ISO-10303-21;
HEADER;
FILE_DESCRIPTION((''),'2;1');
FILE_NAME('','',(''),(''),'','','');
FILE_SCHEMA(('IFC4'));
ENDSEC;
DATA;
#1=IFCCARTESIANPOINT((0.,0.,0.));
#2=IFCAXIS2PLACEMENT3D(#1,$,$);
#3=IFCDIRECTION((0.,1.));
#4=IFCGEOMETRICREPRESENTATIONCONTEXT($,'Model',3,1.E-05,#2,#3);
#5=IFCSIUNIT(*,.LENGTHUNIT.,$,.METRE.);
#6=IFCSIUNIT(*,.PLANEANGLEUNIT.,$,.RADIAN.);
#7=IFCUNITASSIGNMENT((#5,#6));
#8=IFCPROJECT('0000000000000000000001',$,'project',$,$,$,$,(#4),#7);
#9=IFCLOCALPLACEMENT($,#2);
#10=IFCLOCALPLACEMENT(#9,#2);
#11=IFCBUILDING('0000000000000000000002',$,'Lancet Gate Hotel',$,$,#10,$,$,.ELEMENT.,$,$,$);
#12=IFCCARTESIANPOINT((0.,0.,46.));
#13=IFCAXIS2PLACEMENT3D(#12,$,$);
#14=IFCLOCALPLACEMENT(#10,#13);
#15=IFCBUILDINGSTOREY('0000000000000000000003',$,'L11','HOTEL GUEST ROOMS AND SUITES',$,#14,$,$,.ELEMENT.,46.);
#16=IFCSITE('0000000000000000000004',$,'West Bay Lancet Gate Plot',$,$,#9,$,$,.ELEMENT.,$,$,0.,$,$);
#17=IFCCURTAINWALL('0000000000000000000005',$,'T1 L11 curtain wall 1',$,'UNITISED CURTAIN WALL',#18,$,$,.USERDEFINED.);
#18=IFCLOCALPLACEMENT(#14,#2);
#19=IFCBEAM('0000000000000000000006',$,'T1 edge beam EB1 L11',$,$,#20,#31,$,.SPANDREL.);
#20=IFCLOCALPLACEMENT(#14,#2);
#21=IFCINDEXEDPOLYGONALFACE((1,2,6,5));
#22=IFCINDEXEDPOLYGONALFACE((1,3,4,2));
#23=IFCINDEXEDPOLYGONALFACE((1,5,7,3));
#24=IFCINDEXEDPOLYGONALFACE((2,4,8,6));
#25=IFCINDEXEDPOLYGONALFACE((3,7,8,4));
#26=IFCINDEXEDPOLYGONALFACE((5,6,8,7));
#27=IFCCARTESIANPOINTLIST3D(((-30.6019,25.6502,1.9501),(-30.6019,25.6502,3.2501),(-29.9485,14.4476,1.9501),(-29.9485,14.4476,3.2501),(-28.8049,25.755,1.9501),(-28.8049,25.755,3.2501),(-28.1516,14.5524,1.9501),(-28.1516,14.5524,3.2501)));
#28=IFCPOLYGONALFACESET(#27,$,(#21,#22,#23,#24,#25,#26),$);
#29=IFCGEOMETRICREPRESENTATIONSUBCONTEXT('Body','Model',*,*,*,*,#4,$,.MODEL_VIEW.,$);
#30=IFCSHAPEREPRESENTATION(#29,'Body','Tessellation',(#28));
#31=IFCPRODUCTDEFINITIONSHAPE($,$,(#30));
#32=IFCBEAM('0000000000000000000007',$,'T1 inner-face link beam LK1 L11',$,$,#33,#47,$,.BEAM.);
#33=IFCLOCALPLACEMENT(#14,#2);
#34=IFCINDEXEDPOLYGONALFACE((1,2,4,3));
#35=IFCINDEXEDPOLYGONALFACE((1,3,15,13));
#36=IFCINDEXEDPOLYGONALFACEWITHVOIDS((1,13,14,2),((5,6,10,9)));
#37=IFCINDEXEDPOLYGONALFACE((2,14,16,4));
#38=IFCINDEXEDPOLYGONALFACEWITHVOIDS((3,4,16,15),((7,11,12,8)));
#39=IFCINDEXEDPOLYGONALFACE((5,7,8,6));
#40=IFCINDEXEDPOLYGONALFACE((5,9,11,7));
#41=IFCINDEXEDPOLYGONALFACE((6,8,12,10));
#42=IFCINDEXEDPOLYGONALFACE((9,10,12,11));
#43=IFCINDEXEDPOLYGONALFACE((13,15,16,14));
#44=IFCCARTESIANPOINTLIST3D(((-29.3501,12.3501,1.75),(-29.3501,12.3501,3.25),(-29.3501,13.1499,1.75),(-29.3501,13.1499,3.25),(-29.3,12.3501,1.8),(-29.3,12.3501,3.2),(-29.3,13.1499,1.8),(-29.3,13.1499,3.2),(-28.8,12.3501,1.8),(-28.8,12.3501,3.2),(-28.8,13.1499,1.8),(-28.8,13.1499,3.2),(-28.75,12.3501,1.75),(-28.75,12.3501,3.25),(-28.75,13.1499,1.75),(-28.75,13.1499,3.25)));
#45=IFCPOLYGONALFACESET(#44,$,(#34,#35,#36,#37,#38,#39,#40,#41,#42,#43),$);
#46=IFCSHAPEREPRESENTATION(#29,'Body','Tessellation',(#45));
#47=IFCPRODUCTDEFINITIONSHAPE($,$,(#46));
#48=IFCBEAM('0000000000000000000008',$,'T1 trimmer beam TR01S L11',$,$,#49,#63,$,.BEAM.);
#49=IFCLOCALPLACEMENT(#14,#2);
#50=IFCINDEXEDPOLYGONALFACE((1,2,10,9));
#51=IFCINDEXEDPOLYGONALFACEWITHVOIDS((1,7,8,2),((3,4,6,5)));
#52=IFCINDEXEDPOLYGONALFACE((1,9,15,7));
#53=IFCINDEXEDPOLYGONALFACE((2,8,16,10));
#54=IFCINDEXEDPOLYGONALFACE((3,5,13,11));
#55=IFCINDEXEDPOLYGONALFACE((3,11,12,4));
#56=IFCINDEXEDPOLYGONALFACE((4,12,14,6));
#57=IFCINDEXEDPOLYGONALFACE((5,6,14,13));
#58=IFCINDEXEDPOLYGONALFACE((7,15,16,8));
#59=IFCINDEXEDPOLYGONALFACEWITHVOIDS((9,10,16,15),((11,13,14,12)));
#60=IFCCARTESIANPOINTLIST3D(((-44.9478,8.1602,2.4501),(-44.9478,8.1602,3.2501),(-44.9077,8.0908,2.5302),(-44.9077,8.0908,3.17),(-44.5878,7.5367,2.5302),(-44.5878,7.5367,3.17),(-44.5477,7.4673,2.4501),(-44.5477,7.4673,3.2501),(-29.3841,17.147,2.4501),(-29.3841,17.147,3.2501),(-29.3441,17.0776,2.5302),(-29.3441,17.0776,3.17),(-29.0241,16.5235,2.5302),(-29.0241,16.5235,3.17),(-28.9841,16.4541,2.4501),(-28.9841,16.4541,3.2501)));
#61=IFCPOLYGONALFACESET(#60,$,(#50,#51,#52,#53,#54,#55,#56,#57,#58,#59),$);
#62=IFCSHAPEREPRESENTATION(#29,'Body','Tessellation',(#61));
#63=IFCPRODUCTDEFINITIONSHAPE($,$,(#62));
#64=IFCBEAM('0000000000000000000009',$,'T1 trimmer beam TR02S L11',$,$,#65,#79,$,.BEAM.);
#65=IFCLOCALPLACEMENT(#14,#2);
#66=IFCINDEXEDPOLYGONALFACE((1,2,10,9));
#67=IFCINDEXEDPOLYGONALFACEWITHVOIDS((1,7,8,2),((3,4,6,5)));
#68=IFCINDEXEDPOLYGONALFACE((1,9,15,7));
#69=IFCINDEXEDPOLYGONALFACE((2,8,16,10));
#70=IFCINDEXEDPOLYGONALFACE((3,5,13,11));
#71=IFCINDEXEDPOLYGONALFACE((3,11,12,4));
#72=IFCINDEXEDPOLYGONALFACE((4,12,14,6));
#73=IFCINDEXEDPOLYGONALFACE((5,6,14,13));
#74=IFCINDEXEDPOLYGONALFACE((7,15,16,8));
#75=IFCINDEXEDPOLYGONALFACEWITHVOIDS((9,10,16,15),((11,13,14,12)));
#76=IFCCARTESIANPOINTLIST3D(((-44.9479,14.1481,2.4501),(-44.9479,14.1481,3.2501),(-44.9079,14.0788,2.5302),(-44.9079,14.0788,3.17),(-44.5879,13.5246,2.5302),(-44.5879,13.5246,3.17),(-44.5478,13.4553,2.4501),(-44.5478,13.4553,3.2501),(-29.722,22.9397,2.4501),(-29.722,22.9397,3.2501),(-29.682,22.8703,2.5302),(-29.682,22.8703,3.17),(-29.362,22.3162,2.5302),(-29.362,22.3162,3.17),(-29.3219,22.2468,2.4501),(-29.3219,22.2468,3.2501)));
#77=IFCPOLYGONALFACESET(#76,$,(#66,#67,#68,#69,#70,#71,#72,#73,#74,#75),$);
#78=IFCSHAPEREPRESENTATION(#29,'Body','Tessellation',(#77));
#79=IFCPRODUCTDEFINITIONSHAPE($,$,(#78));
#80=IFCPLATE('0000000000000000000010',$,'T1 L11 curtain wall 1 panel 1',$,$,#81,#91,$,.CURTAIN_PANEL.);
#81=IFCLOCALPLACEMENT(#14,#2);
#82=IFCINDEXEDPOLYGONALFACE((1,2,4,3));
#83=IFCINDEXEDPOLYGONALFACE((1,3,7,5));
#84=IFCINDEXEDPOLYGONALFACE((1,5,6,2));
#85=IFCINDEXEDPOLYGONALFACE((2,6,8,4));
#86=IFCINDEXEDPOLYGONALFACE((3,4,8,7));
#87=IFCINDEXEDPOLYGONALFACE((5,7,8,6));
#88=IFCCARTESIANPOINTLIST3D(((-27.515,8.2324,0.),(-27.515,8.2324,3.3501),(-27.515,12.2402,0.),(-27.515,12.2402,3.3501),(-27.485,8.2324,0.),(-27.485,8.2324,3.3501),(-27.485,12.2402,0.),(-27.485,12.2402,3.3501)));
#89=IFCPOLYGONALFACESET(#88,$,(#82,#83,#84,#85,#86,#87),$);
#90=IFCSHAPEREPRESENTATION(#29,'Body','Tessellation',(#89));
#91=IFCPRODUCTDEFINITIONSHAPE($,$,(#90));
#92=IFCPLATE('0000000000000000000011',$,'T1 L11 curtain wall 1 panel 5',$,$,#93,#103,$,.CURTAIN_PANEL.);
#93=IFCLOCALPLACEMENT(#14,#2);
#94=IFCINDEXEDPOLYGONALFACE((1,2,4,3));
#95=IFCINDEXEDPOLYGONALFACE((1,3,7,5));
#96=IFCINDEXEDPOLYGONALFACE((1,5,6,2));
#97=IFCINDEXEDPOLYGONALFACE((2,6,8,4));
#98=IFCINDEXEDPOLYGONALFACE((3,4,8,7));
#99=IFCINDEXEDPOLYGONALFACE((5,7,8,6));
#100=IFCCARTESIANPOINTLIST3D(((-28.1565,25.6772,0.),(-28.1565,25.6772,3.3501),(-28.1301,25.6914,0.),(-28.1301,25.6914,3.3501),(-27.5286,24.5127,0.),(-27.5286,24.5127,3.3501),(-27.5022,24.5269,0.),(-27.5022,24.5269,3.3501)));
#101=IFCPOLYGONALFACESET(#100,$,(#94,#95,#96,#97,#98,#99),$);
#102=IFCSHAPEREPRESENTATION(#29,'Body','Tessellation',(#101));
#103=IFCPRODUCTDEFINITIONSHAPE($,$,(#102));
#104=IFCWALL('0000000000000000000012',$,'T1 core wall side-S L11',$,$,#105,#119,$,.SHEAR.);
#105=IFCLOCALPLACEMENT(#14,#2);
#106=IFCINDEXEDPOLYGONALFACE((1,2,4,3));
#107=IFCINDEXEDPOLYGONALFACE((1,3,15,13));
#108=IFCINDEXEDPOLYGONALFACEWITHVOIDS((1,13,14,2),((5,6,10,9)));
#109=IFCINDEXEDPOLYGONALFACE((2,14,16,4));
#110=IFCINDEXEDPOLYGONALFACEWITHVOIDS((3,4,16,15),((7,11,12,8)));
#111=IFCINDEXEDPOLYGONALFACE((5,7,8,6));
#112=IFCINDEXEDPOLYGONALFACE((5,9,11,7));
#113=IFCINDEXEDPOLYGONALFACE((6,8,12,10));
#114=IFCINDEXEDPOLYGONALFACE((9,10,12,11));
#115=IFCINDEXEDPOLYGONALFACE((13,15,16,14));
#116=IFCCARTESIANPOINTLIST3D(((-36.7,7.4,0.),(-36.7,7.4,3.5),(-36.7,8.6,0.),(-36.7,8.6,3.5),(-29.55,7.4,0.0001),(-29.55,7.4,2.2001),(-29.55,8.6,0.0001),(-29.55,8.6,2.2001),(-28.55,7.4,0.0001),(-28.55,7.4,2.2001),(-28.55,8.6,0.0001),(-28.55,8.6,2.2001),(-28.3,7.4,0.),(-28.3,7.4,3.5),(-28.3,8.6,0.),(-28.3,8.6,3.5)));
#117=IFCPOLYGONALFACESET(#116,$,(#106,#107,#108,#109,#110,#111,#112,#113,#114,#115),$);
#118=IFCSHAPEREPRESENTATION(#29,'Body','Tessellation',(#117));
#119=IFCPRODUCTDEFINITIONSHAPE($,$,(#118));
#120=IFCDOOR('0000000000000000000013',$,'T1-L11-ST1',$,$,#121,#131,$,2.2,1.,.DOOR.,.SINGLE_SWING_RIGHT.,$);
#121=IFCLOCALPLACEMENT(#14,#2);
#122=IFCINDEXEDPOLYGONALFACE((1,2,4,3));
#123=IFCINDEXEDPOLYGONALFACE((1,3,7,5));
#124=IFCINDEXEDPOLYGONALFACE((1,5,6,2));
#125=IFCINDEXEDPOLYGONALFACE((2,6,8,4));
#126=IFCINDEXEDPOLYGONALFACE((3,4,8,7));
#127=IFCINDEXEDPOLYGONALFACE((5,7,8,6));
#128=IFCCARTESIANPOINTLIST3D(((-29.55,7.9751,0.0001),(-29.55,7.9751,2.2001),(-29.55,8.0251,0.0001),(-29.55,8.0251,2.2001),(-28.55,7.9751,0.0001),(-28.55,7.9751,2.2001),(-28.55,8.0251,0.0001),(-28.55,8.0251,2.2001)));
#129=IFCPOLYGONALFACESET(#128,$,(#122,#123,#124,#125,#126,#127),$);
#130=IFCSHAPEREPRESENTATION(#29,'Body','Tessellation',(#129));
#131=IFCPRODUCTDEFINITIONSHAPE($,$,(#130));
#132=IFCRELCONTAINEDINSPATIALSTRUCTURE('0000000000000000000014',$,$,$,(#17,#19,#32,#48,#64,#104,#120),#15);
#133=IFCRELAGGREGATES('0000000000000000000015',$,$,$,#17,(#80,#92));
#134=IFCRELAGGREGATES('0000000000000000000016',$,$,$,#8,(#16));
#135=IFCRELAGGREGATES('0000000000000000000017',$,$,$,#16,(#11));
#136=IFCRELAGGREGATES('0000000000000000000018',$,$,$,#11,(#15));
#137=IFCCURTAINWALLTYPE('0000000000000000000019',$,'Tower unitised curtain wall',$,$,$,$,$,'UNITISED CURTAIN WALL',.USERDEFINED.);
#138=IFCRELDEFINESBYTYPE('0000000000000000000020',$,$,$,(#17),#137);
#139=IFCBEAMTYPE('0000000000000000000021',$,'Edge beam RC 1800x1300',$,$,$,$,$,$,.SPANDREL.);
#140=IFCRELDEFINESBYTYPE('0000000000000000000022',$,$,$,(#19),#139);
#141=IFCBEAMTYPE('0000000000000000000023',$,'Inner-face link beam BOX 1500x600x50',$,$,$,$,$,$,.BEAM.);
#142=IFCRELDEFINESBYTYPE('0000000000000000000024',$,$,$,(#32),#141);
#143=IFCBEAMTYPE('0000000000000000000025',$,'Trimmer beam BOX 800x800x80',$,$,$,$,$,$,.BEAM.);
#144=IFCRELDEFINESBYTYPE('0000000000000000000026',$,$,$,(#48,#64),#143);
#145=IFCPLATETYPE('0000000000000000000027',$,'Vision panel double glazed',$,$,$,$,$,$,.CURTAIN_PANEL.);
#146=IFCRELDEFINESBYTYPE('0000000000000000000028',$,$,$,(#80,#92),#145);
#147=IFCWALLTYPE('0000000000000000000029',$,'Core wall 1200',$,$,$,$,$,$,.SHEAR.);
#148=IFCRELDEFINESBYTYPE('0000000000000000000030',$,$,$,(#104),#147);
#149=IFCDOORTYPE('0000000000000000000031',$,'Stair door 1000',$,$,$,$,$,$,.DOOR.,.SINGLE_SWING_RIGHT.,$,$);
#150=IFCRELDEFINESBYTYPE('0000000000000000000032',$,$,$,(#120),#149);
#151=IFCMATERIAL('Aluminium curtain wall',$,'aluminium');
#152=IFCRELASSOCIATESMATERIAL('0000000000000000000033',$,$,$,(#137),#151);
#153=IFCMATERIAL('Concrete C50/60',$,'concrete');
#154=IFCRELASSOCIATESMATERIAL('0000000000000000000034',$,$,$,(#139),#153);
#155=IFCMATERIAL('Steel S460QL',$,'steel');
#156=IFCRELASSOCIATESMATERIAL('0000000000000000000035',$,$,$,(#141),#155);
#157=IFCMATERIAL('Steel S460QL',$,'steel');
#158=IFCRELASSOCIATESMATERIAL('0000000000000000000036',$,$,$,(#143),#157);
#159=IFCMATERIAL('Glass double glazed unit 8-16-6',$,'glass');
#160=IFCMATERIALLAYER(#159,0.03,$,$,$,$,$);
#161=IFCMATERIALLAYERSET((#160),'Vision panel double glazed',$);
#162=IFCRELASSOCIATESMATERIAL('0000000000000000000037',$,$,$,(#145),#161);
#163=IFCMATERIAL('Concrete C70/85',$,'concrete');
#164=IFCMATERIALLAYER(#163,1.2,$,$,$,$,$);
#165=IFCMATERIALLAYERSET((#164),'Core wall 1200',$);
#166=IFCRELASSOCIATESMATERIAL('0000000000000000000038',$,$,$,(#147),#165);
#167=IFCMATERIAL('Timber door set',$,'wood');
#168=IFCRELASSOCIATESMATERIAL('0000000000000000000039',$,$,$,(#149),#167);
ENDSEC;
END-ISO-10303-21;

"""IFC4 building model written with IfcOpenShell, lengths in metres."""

from ifc_helpers import new_model, si_unit, direction, frame, frame_2d, origin, origin_2d, place, context, subcontext, project, spatial, rectangle, hollow_rectangle, extrude, material, layer, layer_set, material_profile, profile_set, type_object, element, fill, aggregate, save


model = new_model("IFC4")

# Units and contexts
model_context = context("Model", 3, precision=1e-05, world=origin(), true_north=direction((0.0, 1.0)))
body_context = subcontext(model_context, "Body", "Model", "MODEL_VIEW")
ifc_project = project(units=[si_unit("LENGTHUNIT", "METRE"), si_unit("PLANEANGLEUNIT", "RADIAN")], contexts=[model_context])

# Site, building, storey
site_placement = place(None, origin())
site = spatial("IfcSite", under=ifc_project, at=site_placement, Name="West Bay Lancet Gate Plot", CompositionType="ELEMENT", RefElevation=0.0)
building_placement = place(site_placement, origin())
building = spatial("IfcBuilding", under=site, at=building_placement, Name="Lancet Gate Hotel", CompositionType="ELEMENT")
storey_placement = place(building_placement, frame((0.0, 0.0, 46.0)))
storey = spatial("IfcBuildingStorey", under=building, at=storey_placement, Name="L11", Description="HOTEL GUEST ROOMS AND SUITES", CompositionType="ELEMENT", Elevation=46.0)

# Curtain wall
ifc_material_1 = material(Name="Aluminium curtain wall", Category="aluminium")
curtain_wall_type = type_object("IfcCurtainWallType", Name="Tower unitised curtain wall", ElementType="UNITISED CURTAIN WALL", PredefinedType="USERDEFINED", material=ifc_material_1)
curtain_wall_placement = place(storey_placement, origin())
curtain_wall = element("IfcCurtainWall", 1, at=curtain_wall_placement, inside=storey, type_object=curtain_wall_type, Name="T1 L11 curtain wall 1", ObjectType="UNITISED CURTAIN WALL", PredefinedType="USERDEFINED")

# Beams
ifc_material_2 = material(Name="Concrete C50/60", Category="concrete")
ifc_material_profile_1 = material_profile(ifc_material_2, rectangle(XDim=1.8, YDim=1.3, at=origin_2d()), Name="RC 1800x1300")
ifc_profile_set_1 = profile_set([ifc_material_profile_1], Name="Concrete C50/60")
beam_type_1 = type_object("IfcBeamType", Name="Edge beam RC 1800x1300", PredefinedType="SPANDREL", material=ifc_profile_set_1)
beam_1_placement = place(storey_placement, frame((-29.7034, 25.7026, 2.6001), z_axis=(0.05822, -0.998304, 0.0), x_axis=(0.998304, 0.05822, 0.0)))
element("IfcBeam", 2, at=beam_1_placement, inside=storey, type_object=beam_type_1, Name="T1 edge beam EB1 L11", PredefinedType="SPANDREL", context=body_context, shape_type="SweptSolid", body=[
    extrude(rectangle(XDim=1.8, YDim=1.3, at=origin_2d()), origin(), (0.0, 0.0, 1.0), 11.2217),
])
ifc_material_3 = material(Name="Steel S460QL", Category="steel")
ifc_material_profile_2 = material_profile(ifc_material_3, hollow_rectangle(XDim=0.6001, YDim=1.5, WallThickness=0.05, at=origin_2d()), Name="BOX 1500x600x50")
ifc_profile_set_2 = profile_set([ifc_material_profile_2], Name="Steel S460QL")
beam_type_2 = type_object("IfcBeamType", Name="Inner-face link beam BOX 1500x600x50", PredefinedType="BEAM", material=ifc_profile_set_2)
beam_2_placement = place(storey_placement, frame((-29.05, 13.1499, 2.5), z_axis=(0.0, -1.0, 0.0), x_axis=(1.0, 0.0, 0.0)))
element("IfcBeam", 3, at=beam_2_placement, inside=storey, type_object=beam_type_2, Name="T1 inner-face link beam LK1 L11", PredefinedType="BEAM", context=body_context, shape_type="SweptSolid", body=[
    extrude(hollow_rectangle(XDim=0.6001, YDim=1.5, WallThickness=0.05, at=origin_2d()), origin(), (0.0, 0.0, 1.0), 0.7998),
])
ifc_material_4 = material(Name="Steel S460QL", Category="steel")
ifc_material_profile_3 = material_profile(ifc_material_4, hollow_rectangle(XDim=0.8, YDim=0.8, WallThickness=0.0801, at=origin_2d()), Name="BOX 800x800x80")
ifc_profile_set_3 = profile_set([ifc_material_profile_3], Name="Steel S460QL")
beam_type_3 = type_object("IfcBeamType", Name="Trimmer beam BOX 800x800x80", PredefinedType="BEAM", material=ifc_profile_set_3)
beam_3_placement = place(storey_placement, frame((-29.1841, 16.8005, 2.8501), z_axis=(-0.865999, -0.500046, 0.0), x_axis=(0.500046, -0.865999, 0.0)))
element("IfcBeam", 4, at=beam_3_placement, inside=storey, type_object=beam_type_3, Name="T1 trimmer beam TR01S L11", PredefinedType="BEAM", context=body_context, shape_type="SweptSolid", body=[
    extrude(hollow_rectangle(XDim=0.8, YDim=0.8, WallThickness=0.0801, at=origin_2d()), origin(), (0.0, 0.0, 1.0), 17.9719),
])
beam_4_placement = place(storey_placement, frame((-29.522, 22.5933, 2.8501), z_axis=(-0.866004, -0.500037, 0.0), x_axis=(0.500037, -0.866004, 0.0)))
element("IfcBeam", 5, at=beam_4_placement, inside=storey, type_object=beam_type_3, Name="T1 trimmer beam TR02S L11", PredefinedType="BEAM", context=body_context, shape_type="SweptSolid", body=[
    extrude(hollow_rectangle(XDim=0.8, YDim=0.8, WallThickness=0.0801, at=origin_2d()), origin(), (0.0, 0.0, 1.0), 17.5818),
])

# Plates
ifc_material_5 = material(Name="Glass double glazed unit 8-16-6", Category="glass")
ifc_layer_1 = layer(ifc_material_5, 0.03)
ifc_layer_set_1 = layer_set([ifc_layer_1], Name="Vision panel double glazed")
plate_type = type_object("IfcPlateType", Name="Vision panel double glazed", PredefinedType="CURTAIN_PANEL", material=ifc_layer_set_1)
plate_1_placement = place(storey_placement, frame((-27.5, 10.2363, 0.0), z_axis=(0.0, 0.0, 1.0), x_axis=(0.0, 1.0, 0.0)))
plate_1 = element("IfcPlate", 6, at=plate_1_placement, type_object=plate_type, Name="T1 L11 curtain wall 1 panel 1", PredefinedType="CURTAIN_PANEL", context=body_context, shape_type="SweptSolid", body=[
    extrude(rectangle(XDim=4.0078, YDim=0.03, at=origin_2d()), origin(), (0.0, 0.0, 1.0), 3.3501),
])
plate_2_placement = place(storey_placement, frame((-27.8293, 25.1021, 0.0), z_axis=(0.0, 0.0, 1.0), x_axis=(-0.474631, 0.880185, 0.0)))
plate_2 = element("IfcPlate", 7, at=plate_2_placement, type_object=plate_type, Name="T1 L11 curtain wall 1 panel 5", PredefinedType="CURTAIN_PANEL", context=body_context, shape_type="SweptSolid", body=[
    extrude(rectangle(XDim=1.323, YDim=0.03, at=origin_2d()), origin(), (0.0, 0.0, 1.0), 3.3501),
])
aggregate(curtain_wall, [plate_1, plate_2])

# Wall, opening, door
ifc_material_6 = material(Name="Concrete C70/85", Category="concrete")
ifc_layer_2 = layer(ifc_material_6, 1.2)
ifc_layer_set_2 = layer_set([ifc_layer_2], Name="Core wall 1200")
wall_type_1 = type_object("IfcWallType", Name="Core wall 1200", PredefinedType="SHEAR", material=ifc_layer_set_2)
wall_1_placement = place(storey_placement, frame((-28.3, 8.0, 0.0), z_axis=(0.0, 0.0, 1.0), x_axis=(-1.0, 0.0, 0.0)))
wall_1 = element("IfcWall", 8, at=wall_1_placement, inside=storey, type_object=wall_type_1, Name="T1 core wall side-S L11", PredefinedType="SHEAR", context=body_context, shape_type="SweptSolid", body=[
    extrude(rectangle(XDim=8.3999, YDim=1.2, at=frame_2d((4.2, 0.0))), origin(), (0.0, 0.0, 1.0), 3.5),
])
opening_1_placement = place(wall_1_placement, frame((0.25, 0.0, 0.0)))
opening_1 = element("IfcOpeningElement", 9, at=opening_1_placement, cuts=wall_1, PredefinedType="OPENING", context=body_context, shape_type="SweptSolid", body=[
    extrude(rectangle(XDim=1.0, YDim=2.2, at=frame_2d((0.5, 1.1001))), frame((0.0, 0.6099, 0.0), z_axis=(0.0, -1.0, 0.0), x_axis=(1.0, 0.0, 0.0)), (0.0, 0.0, 1.0), 1.22),
])
ifc_material_7 = material(Name="Timber door set", Category="wood")
door_type = type_object("IfcDoorType", Name="Stair door 1000", OperationType="SINGLE_SWING_RIGHT", PredefinedType="DOOR", material=ifc_material_7)
door_placement = place(opening_1_placement, origin())
door = element("IfcDoor", 10, at=door_placement, inside=storey, type_object=door_type, Name="T1-L11-ST1", OperationType="SINGLE_SWING_RIGHT", OverallHeight=2.2, OverallWidth=1.0, PredefinedType="DOOR", context=body_context, shape_type="SweptSolid", body=[
    extrude(rectangle(XDim=1.0, YDim=2.2, at=frame_2d((0.5, 1.1001))), frame((0.0, 0.0249, 0.0), z_axis=(0.0, -1.0, 0.0), x_axis=(1.0, 0.0, 0.0)), (0.0, 0.0, 1.0), 0.05),
])
fill(opening_1, door)

save(model, "model.ifc")
